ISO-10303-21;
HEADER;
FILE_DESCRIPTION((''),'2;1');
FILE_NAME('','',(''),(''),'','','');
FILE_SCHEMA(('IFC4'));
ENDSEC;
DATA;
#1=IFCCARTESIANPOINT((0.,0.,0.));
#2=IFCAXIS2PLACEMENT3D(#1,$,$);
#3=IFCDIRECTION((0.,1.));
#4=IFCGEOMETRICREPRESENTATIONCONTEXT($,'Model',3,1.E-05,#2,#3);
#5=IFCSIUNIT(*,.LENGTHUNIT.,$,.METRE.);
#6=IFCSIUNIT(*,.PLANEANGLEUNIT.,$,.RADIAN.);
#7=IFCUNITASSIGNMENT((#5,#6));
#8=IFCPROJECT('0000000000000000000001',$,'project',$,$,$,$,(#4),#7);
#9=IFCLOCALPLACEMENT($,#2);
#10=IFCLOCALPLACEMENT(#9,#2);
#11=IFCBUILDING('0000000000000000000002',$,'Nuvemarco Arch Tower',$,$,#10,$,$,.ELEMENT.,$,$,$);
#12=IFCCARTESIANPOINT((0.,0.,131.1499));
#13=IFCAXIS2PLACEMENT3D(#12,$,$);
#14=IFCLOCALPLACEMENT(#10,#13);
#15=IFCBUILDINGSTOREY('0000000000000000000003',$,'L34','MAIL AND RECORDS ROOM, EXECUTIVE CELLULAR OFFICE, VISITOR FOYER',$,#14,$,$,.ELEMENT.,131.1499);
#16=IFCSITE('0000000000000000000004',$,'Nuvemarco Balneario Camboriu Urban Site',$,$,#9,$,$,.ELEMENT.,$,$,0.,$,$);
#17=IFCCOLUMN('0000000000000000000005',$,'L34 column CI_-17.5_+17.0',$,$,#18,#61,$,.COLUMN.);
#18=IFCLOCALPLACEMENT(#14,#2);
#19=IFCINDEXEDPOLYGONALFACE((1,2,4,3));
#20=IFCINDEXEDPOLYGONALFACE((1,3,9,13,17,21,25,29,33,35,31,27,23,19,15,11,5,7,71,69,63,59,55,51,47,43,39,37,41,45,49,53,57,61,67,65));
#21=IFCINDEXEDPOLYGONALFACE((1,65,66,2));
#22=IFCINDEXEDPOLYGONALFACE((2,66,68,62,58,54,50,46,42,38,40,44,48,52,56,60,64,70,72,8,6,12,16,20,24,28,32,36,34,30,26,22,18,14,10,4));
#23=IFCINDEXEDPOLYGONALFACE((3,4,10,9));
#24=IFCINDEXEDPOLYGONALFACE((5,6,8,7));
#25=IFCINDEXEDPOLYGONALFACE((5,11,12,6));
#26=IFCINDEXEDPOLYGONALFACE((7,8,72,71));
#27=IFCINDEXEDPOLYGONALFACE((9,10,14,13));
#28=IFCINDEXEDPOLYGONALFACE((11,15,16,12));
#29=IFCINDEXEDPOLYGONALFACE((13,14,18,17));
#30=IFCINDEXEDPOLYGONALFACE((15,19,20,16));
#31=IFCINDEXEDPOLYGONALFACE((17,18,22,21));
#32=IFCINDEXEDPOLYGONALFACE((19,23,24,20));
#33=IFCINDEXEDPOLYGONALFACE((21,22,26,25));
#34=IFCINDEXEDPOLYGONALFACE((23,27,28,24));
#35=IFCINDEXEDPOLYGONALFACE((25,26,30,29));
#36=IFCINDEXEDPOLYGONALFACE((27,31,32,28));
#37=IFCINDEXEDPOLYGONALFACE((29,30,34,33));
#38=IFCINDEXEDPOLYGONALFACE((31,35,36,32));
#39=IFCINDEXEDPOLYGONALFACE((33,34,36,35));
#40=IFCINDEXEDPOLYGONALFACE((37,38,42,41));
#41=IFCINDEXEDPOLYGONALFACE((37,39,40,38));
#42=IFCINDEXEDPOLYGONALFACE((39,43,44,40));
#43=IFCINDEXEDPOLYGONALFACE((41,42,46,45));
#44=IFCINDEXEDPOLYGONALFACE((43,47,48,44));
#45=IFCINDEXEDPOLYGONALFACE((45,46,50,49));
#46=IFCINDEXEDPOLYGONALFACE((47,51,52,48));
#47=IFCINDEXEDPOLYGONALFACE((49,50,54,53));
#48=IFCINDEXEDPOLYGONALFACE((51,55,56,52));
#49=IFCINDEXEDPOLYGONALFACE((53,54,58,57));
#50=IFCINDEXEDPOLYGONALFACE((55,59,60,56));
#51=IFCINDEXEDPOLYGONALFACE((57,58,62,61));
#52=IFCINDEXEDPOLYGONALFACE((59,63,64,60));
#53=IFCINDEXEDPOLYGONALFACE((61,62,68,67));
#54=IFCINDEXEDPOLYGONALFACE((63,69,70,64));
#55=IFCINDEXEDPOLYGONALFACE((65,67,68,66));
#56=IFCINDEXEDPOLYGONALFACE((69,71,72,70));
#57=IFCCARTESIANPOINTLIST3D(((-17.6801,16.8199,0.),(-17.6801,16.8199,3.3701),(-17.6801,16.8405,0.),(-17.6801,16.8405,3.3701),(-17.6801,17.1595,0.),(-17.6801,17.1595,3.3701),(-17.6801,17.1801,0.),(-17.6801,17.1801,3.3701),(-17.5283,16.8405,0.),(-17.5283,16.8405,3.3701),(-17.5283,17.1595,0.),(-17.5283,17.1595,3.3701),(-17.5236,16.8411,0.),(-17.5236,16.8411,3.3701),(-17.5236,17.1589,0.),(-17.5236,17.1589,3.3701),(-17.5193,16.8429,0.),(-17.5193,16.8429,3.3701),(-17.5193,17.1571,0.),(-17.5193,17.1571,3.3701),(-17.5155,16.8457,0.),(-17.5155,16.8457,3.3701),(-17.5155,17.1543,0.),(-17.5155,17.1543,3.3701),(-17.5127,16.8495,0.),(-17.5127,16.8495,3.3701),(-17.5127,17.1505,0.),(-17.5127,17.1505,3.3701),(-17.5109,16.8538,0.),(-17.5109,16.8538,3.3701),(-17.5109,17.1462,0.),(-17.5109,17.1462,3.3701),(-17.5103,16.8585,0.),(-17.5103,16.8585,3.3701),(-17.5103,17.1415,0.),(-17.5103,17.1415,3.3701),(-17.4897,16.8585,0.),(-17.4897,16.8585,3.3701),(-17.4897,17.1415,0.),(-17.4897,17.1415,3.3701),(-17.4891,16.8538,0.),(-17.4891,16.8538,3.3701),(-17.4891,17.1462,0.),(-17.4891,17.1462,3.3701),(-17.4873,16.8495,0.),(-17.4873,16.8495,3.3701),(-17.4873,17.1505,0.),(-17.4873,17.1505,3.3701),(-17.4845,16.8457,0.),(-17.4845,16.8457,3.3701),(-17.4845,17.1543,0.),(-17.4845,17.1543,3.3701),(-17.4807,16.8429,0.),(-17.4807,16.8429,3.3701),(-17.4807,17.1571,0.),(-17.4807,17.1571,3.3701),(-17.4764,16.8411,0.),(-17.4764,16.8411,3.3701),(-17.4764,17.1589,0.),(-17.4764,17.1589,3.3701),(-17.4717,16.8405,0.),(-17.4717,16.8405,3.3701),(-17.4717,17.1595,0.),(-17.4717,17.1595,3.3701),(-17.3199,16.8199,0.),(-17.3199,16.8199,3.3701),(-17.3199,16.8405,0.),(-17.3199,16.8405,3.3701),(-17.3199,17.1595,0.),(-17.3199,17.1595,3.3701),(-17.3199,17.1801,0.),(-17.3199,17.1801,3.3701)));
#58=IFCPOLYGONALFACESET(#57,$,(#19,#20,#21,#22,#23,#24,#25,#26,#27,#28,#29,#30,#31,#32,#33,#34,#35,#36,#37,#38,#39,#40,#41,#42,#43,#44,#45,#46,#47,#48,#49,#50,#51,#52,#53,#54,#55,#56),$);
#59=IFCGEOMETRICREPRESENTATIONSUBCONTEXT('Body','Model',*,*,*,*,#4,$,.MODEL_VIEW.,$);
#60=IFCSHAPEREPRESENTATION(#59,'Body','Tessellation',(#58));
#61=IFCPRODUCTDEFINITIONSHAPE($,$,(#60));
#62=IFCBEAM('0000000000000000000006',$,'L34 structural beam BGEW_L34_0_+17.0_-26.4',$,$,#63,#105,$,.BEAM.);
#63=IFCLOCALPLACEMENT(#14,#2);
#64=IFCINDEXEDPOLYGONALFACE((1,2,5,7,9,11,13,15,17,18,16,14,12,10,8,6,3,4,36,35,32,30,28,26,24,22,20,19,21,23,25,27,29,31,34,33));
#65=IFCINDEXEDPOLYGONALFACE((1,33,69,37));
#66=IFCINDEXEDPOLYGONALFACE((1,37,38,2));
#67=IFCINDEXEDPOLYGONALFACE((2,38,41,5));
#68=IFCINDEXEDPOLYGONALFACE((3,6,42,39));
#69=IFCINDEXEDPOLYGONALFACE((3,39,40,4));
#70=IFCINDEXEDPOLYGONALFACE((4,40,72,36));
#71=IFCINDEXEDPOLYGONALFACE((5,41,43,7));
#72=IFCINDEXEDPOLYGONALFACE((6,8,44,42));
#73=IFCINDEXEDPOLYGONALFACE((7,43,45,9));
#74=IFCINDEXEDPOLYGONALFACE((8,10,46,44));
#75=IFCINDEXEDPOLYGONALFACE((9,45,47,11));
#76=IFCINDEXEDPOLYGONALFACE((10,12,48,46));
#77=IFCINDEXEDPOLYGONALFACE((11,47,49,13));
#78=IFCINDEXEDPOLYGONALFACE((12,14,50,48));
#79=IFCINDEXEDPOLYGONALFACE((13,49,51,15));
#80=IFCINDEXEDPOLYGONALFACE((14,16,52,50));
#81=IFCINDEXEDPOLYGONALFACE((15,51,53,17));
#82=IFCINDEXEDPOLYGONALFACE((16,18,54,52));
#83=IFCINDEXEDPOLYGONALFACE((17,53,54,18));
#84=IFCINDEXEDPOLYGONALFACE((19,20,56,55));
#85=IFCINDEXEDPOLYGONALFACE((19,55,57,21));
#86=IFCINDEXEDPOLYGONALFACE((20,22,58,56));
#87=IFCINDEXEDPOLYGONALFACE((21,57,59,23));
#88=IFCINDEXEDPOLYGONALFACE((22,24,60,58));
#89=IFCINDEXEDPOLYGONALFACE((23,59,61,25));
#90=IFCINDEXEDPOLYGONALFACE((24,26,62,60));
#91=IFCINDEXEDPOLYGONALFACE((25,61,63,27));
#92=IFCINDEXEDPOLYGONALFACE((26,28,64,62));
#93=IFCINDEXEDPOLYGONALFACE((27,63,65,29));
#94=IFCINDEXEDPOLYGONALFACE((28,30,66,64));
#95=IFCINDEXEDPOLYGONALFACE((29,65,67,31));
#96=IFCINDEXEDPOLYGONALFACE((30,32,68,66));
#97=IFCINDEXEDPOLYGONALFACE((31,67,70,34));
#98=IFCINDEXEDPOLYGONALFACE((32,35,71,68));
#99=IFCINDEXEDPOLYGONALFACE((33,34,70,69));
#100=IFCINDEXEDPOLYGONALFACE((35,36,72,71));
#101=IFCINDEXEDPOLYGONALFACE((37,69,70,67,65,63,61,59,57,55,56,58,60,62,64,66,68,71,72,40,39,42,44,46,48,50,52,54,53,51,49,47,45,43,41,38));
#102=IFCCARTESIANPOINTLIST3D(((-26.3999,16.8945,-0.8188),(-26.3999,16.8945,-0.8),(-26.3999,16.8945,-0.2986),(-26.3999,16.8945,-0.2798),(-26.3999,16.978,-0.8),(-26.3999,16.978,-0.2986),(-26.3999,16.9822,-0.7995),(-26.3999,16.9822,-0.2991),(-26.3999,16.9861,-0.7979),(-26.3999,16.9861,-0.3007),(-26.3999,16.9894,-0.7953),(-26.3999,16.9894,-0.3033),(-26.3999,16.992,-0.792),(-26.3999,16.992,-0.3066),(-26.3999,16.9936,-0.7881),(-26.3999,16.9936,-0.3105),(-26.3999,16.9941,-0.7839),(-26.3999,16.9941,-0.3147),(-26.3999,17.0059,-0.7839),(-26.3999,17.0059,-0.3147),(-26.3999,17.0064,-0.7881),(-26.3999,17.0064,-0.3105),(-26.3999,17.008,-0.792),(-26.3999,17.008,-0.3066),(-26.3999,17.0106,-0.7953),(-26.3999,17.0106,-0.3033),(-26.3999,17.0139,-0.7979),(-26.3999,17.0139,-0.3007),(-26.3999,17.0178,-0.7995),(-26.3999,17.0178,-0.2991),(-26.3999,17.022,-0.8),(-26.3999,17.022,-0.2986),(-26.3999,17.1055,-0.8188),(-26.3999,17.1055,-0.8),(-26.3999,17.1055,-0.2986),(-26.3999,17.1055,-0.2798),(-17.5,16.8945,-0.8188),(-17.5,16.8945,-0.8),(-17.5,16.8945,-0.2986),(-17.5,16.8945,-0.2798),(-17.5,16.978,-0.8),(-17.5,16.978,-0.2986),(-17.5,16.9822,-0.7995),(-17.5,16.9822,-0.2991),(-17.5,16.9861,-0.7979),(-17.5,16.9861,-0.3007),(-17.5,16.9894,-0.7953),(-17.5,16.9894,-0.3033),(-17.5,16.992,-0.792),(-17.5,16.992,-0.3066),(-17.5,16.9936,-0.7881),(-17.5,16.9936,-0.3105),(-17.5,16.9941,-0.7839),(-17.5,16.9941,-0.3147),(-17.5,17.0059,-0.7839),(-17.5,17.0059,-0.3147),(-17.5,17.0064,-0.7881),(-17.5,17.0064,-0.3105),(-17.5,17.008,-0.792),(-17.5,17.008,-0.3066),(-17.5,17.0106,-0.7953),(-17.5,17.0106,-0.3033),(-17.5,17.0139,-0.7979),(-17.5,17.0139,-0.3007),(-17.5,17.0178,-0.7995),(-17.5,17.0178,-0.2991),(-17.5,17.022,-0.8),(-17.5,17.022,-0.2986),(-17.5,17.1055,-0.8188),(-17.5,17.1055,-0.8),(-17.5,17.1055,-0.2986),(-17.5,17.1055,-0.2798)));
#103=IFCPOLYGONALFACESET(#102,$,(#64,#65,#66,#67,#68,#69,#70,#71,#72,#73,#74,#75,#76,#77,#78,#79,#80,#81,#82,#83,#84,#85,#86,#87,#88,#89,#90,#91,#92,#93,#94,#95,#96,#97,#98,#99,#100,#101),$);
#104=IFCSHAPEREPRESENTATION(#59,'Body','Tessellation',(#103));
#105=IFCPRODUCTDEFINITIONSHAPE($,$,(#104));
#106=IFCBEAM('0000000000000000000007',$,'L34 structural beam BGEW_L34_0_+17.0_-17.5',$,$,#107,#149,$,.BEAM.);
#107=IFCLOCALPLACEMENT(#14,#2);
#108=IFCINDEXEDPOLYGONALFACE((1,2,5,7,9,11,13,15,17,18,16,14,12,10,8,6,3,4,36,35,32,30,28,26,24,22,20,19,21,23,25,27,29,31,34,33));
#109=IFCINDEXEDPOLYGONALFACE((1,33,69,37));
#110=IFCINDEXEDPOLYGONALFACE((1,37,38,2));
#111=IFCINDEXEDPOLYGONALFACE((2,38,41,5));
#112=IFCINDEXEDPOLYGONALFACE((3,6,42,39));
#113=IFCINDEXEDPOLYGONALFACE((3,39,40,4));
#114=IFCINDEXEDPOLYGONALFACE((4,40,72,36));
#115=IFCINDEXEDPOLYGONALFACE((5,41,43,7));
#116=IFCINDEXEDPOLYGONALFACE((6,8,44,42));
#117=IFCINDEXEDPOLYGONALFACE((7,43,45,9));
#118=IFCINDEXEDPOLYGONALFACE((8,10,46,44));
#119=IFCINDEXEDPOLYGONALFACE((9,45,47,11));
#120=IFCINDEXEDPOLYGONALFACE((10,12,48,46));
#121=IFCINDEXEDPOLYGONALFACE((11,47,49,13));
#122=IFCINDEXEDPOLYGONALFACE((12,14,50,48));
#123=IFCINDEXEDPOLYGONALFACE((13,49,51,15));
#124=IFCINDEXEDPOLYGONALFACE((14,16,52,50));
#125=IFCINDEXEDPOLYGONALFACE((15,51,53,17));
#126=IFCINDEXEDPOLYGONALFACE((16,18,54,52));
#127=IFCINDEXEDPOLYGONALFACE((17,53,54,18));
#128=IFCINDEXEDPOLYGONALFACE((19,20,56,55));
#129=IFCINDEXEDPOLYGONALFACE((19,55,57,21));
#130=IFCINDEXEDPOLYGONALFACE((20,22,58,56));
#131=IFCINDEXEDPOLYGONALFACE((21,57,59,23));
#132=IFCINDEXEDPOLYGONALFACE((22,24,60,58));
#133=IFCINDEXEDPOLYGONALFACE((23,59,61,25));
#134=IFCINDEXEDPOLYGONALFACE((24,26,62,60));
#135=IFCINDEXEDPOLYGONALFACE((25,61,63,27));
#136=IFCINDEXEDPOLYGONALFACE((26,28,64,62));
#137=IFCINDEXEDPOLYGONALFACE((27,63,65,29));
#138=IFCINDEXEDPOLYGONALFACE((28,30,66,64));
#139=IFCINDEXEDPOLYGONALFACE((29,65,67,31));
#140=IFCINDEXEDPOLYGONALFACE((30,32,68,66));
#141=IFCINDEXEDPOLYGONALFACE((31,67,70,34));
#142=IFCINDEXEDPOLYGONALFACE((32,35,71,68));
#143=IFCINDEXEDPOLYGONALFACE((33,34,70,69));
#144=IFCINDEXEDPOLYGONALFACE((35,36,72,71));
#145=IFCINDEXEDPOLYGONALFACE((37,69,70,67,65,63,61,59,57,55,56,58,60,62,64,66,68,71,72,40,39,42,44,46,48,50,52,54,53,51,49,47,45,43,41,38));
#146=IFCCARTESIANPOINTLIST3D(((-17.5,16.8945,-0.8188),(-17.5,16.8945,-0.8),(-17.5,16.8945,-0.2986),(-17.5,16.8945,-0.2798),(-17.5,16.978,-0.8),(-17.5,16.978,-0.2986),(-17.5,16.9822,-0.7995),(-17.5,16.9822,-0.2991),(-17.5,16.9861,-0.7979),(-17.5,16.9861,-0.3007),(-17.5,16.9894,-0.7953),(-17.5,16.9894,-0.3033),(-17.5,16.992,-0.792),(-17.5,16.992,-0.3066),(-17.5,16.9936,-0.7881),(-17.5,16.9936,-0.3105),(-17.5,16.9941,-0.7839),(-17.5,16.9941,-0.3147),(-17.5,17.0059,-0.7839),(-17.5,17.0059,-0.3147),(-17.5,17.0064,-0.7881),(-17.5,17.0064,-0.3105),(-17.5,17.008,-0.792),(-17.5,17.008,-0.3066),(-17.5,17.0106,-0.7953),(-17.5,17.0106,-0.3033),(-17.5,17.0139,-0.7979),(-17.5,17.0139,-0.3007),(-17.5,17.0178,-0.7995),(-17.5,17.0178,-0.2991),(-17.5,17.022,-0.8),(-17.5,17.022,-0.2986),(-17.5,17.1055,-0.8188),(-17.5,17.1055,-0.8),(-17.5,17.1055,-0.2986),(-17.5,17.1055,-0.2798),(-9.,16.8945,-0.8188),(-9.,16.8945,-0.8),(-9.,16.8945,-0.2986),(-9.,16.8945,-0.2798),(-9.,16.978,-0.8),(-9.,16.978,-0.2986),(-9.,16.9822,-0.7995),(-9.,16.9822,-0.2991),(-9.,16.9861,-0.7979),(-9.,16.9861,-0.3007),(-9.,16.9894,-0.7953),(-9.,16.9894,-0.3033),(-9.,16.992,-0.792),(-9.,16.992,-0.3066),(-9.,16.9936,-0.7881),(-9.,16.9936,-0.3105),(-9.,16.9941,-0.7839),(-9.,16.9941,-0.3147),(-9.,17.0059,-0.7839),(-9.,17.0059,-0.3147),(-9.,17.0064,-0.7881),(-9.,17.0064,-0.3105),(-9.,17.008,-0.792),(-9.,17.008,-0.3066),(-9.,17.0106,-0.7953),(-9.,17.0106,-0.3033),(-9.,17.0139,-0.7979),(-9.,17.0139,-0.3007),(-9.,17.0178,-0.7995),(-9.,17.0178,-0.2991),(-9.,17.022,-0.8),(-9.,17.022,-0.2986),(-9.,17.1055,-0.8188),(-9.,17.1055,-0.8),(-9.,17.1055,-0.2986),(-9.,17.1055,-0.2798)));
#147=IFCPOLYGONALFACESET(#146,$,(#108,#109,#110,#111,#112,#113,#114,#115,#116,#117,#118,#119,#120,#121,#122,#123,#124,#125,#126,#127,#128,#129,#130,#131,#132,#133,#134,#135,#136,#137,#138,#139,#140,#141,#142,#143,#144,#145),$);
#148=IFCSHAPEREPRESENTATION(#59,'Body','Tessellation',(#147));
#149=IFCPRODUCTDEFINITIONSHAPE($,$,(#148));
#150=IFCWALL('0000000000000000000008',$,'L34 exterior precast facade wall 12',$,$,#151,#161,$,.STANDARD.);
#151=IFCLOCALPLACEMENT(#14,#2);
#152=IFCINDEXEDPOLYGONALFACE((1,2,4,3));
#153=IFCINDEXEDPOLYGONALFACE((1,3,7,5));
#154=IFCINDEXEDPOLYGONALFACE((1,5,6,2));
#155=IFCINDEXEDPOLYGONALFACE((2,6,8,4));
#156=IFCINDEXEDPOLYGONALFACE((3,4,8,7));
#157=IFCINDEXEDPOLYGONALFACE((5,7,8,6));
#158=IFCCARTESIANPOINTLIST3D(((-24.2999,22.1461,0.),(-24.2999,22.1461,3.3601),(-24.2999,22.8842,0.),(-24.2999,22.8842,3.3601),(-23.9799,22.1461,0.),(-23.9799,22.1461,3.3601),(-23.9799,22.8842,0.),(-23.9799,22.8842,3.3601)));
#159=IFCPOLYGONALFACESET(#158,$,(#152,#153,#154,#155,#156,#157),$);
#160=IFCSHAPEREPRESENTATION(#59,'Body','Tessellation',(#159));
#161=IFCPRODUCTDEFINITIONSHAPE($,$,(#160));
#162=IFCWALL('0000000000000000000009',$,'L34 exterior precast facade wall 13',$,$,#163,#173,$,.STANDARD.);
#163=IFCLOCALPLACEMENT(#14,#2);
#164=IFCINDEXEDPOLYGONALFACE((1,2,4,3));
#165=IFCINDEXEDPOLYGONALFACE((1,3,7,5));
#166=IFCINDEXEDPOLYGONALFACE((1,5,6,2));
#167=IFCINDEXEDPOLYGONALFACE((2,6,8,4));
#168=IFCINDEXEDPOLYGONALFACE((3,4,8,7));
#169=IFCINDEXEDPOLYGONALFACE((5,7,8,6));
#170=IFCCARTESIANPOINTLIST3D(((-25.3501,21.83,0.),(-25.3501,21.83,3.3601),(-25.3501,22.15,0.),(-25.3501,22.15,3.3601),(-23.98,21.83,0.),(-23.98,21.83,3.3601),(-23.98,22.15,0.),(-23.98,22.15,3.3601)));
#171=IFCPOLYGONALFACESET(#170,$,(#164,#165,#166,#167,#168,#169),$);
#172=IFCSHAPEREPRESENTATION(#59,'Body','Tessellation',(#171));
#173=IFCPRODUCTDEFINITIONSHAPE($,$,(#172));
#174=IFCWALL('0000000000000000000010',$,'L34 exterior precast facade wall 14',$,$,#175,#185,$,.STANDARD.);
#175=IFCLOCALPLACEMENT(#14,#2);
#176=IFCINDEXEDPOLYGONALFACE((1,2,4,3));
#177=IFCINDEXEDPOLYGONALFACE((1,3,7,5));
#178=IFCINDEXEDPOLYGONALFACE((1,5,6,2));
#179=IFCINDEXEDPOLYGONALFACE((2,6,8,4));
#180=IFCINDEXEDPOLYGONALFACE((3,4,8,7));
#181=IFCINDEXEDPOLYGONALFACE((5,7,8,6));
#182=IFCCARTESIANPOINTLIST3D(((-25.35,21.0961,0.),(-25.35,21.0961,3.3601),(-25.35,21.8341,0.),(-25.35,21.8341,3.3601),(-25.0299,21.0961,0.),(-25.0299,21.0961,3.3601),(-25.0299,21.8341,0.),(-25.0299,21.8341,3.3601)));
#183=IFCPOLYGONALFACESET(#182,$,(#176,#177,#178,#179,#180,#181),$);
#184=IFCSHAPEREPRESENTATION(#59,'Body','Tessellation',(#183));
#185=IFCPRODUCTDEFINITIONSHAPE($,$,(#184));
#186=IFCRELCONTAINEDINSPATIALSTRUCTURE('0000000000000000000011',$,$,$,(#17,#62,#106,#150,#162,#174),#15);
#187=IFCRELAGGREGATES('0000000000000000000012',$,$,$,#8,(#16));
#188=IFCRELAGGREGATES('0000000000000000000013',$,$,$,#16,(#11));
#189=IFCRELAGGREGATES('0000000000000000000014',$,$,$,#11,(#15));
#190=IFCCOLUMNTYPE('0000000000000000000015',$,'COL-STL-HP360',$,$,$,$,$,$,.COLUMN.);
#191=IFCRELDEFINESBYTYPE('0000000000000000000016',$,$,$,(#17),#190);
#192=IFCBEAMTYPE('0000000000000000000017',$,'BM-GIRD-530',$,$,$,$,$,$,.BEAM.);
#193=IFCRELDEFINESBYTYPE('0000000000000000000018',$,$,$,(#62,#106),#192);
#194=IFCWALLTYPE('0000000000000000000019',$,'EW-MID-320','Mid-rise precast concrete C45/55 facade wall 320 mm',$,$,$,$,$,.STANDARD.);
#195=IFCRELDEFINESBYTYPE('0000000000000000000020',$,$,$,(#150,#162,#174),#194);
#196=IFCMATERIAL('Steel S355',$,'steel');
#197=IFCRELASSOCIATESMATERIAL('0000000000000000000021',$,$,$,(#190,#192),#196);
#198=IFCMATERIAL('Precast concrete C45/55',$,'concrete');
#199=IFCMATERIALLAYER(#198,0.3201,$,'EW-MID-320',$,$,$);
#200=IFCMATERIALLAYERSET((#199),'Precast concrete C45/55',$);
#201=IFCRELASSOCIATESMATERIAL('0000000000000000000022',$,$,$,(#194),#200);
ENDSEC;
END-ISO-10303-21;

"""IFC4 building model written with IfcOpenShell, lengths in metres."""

from ifc_helpers import new_model, si_unit, direction, frame, frame_2d, origin, origin_2d, place, context, subcontext, project, spatial, rectangle, i_section, extrude, material, layer, layer_set, material_profile, profile_set, type_object, element, save


model = new_model("IFC4")

# Units and contexts
model_context = context("Model", 3, precision=1e-05, world=origin(), true_north=direction((0.0, 1.0)))
body_context = subcontext(model_context, "Body", "Model", "MODEL_VIEW")
ifc_project = project(units=[si_unit("LENGTHUNIT", "METRE"), si_unit("PLANEANGLEUNIT", "RADIAN")], contexts=[model_context])

# Site, building, storey
site_placement = place(None, origin())
site = spatial("IfcSite", under=ifc_project, at=site_placement, Name="Nuvemarco Balneario Camboriu Urban Site", CompositionType="ELEMENT", RefElevation=0.0)
building_placement = place(site_placement, origin())
building = spatial("IfcBuilding", under=site, at=building_placement, Name="Nuvemarco Arch Tower", CompositionType="ELEMENT")
storey_placement = place(building_placement, frame((0.0, 0.0, 131.1499)))
storey = spatial("IfcBuildingStorey", under=building, at=storey_placement, Name="L34", Description="MAIL AND RECORDS ROOM, EXECUTIVE CELLULAR OFFICE, VISITOR FOYER", CompositionType="ELEMENT", Elevation=131.1499)

# Column
ifc_material_1 = material(Name="Steel S355", Category="steel")
ifc_material_profile_1 = material_profile(ifc_material_1, i_section(OverallWidth=0.3601, OverallDepth=0.3601, WebThickness=0.0205, FlangeThickness=0.0205, FilletRadius=0.0181, at=origin_2d()), Name="HP360x174")
ifc_profile_set_1 = profile_set([ifc_material_profile_1], Name="Steel S355")
column_type = type_object("IfcColumnType", Name="COL-STL-HP360", PredefinedType="COLUMN", material=ifc_profile_set_1)
column_placement = place(storey_placement, frame((-17.5, 17.0, 0.0), z_axis=(0.0, 0.0, 1.0), x_axis=(1.0, 0.0, 0.0)))
element("IfcColumn", 1, at=column_placement, inside=storey, type_object=column_type, Name="L34 column CI_-17.5_+17.0", PredefinedType="COLUMN", context=body_context, shape_type="SweptSolid", body=[
    extrude(i_section(OverallWidth=0.3601, OverallDepth=0.3601, WebThickness=0.0205, FlangeThickness=0.0205, FilletRadius=0.0181, at=origin_2d()), origin(), (0.0, 0.0, 1.0), 3.3701),
])

# Beams
ifc_material_profile_2 = material_profile(ifc_material_1, i_section(OverallWidth=0.2109, OverallDepth=0.5391, WebThickness=0.0117, FlangeThickness=0.0188, FilletRadius=0.0161, at=origin_2d()), Name="W530x109")
ifc_profile_set_2 = profile_set([ifc_material_profile_2], Name="Steel S355")
beam_type = type_object("IfcBeamType", Name="BM-GIRD-530", PredefinedType="BEAM", material=ifc_profile_set_2)
beam_1_placement = place(storey_placement, frame((-26.3999, 17.0, -0.5493), z_axis=(1.0, 0.0, 0.0), x_axis=(0.0, 1.0, 0.0)))
element("IfcBeam", 2, at=beam_1_placement, inside=storey, type_object=beam_type, Name="L34 structural beam BGEW_L34_0_+17.0_-26.4", PredefinedType="BEAM", context=body_context, shape_type="SweptSolid", body=[
    extrude(i_section(OverallWidth=0.2109, OverallDepth=0.5391, WebThickness=0.0117, FlangeThickness=0.0188, FilletRadius=0.0161, at=origin_2d()), origin(), (0.0, 0.0, 1.0), 8.8999),
])
beam_2_placement = place(storey_placement, frame((-17.5, 17.0, -0.5493), z_axis=(1.0, 0.0, 0.0), x_axis=(0.0, 1.0, 0.0)))
element("IfcBeam", 3, at=beam_2_placement, inside=storey, type_object=beam_type, Name="L34 structural beam BGEW_L34_0_+17.0_-17.5", PredefinedType="BEAM", context=body_context, shape_type="SweptSolid", body=[
    extrude(i_section(OverallWidth=0.2109, OverallDepth=0.5391, WebThickness=0.0117, FlangeThickness=0.0188, FilletRadius=0.0161, at=origin_2d()), origin(), (0.0, 0.0, 1.0), 8.5),
])

# Shared definitions
ifc_material_2 = material(Name="Precast concrete C45/55", Category="concrete")
ifc_layer = layer(ifc_material_2, 0.3201, Name="EW-MID-320")
ifc_layer_set = layer_set([ifc_layer], Name="Precast concrete C45/55")
wall_type = type_object("IfcWallType", Name="EW-MID-320", Description="Mid-rise precast concrete C45/55 facade wall 320 mm", PredefinedType="STANDARD", material=ifc_layer_set)

# Walls
wall_1_placement = place(storey_placement, frame((-24.1399, 22.146, 0.0), z_axis=(0.0, 0.0, 1.0), x_axis=(0.0, 1.0, 0.0)))
element("IfcWall", 4, at=wall_1_placement, inside=storey, type_object=wall_type, Name="L34 exterior precast facade wall 12", PredefinedType="STANDARD", context=body_context, shape_type="SweptSolid", body=[
    extrude(rectangle(XDim=0.738, YDim=0.3201, at=frame_2d((0.3691, 0.0))), origin(), (0.0, 0.0, 1.0), 3.3601),
])
wall_2_placement = place(storey_placement, frame((-25.3501, 21.99, 0.0), z_axis=(0.0, 0.0, 1.0), x_axis=(1.0, 0.0, 0.0)))
element("IfcWall", 5, at=wall_2_placement, inside=storey, type_object=wall_type, Name="L34 exterior precast facade wall 13", PredefinedType="STANDARD", context=body_context, shape_type="SweptSolid", body=[
    extrude(rectangle(XDim=1.3701, YDim=0.3201, at=frame_2d((0.6851, 0.0))), origin(), (0.0, 0.0, 1.0), 3.3601),
])
wall_3_placement = place(storey_placement, frame((-25.1899, 21.0959, 0.0), z_axis=(0.0, 0.0, 1.0), x_axis=(0.0, 1.0, 0.0)))
element("IfcWall", 6, at=wall_3_placement, inside=storey, type_object=wall_type, Name="L34 exterior precast facade wall 14", PredefinedType="STANDARD", context=body_context, shape_type="SweptSolid", body=[
    extrude(rectangle(XDim=0.738, YDim=0.3201, at=frame_2d((0.3691, 0.0))), origin(), (0.0, 0.0, 1.0), 3.3601),
])

save(model, "model.ifc")
